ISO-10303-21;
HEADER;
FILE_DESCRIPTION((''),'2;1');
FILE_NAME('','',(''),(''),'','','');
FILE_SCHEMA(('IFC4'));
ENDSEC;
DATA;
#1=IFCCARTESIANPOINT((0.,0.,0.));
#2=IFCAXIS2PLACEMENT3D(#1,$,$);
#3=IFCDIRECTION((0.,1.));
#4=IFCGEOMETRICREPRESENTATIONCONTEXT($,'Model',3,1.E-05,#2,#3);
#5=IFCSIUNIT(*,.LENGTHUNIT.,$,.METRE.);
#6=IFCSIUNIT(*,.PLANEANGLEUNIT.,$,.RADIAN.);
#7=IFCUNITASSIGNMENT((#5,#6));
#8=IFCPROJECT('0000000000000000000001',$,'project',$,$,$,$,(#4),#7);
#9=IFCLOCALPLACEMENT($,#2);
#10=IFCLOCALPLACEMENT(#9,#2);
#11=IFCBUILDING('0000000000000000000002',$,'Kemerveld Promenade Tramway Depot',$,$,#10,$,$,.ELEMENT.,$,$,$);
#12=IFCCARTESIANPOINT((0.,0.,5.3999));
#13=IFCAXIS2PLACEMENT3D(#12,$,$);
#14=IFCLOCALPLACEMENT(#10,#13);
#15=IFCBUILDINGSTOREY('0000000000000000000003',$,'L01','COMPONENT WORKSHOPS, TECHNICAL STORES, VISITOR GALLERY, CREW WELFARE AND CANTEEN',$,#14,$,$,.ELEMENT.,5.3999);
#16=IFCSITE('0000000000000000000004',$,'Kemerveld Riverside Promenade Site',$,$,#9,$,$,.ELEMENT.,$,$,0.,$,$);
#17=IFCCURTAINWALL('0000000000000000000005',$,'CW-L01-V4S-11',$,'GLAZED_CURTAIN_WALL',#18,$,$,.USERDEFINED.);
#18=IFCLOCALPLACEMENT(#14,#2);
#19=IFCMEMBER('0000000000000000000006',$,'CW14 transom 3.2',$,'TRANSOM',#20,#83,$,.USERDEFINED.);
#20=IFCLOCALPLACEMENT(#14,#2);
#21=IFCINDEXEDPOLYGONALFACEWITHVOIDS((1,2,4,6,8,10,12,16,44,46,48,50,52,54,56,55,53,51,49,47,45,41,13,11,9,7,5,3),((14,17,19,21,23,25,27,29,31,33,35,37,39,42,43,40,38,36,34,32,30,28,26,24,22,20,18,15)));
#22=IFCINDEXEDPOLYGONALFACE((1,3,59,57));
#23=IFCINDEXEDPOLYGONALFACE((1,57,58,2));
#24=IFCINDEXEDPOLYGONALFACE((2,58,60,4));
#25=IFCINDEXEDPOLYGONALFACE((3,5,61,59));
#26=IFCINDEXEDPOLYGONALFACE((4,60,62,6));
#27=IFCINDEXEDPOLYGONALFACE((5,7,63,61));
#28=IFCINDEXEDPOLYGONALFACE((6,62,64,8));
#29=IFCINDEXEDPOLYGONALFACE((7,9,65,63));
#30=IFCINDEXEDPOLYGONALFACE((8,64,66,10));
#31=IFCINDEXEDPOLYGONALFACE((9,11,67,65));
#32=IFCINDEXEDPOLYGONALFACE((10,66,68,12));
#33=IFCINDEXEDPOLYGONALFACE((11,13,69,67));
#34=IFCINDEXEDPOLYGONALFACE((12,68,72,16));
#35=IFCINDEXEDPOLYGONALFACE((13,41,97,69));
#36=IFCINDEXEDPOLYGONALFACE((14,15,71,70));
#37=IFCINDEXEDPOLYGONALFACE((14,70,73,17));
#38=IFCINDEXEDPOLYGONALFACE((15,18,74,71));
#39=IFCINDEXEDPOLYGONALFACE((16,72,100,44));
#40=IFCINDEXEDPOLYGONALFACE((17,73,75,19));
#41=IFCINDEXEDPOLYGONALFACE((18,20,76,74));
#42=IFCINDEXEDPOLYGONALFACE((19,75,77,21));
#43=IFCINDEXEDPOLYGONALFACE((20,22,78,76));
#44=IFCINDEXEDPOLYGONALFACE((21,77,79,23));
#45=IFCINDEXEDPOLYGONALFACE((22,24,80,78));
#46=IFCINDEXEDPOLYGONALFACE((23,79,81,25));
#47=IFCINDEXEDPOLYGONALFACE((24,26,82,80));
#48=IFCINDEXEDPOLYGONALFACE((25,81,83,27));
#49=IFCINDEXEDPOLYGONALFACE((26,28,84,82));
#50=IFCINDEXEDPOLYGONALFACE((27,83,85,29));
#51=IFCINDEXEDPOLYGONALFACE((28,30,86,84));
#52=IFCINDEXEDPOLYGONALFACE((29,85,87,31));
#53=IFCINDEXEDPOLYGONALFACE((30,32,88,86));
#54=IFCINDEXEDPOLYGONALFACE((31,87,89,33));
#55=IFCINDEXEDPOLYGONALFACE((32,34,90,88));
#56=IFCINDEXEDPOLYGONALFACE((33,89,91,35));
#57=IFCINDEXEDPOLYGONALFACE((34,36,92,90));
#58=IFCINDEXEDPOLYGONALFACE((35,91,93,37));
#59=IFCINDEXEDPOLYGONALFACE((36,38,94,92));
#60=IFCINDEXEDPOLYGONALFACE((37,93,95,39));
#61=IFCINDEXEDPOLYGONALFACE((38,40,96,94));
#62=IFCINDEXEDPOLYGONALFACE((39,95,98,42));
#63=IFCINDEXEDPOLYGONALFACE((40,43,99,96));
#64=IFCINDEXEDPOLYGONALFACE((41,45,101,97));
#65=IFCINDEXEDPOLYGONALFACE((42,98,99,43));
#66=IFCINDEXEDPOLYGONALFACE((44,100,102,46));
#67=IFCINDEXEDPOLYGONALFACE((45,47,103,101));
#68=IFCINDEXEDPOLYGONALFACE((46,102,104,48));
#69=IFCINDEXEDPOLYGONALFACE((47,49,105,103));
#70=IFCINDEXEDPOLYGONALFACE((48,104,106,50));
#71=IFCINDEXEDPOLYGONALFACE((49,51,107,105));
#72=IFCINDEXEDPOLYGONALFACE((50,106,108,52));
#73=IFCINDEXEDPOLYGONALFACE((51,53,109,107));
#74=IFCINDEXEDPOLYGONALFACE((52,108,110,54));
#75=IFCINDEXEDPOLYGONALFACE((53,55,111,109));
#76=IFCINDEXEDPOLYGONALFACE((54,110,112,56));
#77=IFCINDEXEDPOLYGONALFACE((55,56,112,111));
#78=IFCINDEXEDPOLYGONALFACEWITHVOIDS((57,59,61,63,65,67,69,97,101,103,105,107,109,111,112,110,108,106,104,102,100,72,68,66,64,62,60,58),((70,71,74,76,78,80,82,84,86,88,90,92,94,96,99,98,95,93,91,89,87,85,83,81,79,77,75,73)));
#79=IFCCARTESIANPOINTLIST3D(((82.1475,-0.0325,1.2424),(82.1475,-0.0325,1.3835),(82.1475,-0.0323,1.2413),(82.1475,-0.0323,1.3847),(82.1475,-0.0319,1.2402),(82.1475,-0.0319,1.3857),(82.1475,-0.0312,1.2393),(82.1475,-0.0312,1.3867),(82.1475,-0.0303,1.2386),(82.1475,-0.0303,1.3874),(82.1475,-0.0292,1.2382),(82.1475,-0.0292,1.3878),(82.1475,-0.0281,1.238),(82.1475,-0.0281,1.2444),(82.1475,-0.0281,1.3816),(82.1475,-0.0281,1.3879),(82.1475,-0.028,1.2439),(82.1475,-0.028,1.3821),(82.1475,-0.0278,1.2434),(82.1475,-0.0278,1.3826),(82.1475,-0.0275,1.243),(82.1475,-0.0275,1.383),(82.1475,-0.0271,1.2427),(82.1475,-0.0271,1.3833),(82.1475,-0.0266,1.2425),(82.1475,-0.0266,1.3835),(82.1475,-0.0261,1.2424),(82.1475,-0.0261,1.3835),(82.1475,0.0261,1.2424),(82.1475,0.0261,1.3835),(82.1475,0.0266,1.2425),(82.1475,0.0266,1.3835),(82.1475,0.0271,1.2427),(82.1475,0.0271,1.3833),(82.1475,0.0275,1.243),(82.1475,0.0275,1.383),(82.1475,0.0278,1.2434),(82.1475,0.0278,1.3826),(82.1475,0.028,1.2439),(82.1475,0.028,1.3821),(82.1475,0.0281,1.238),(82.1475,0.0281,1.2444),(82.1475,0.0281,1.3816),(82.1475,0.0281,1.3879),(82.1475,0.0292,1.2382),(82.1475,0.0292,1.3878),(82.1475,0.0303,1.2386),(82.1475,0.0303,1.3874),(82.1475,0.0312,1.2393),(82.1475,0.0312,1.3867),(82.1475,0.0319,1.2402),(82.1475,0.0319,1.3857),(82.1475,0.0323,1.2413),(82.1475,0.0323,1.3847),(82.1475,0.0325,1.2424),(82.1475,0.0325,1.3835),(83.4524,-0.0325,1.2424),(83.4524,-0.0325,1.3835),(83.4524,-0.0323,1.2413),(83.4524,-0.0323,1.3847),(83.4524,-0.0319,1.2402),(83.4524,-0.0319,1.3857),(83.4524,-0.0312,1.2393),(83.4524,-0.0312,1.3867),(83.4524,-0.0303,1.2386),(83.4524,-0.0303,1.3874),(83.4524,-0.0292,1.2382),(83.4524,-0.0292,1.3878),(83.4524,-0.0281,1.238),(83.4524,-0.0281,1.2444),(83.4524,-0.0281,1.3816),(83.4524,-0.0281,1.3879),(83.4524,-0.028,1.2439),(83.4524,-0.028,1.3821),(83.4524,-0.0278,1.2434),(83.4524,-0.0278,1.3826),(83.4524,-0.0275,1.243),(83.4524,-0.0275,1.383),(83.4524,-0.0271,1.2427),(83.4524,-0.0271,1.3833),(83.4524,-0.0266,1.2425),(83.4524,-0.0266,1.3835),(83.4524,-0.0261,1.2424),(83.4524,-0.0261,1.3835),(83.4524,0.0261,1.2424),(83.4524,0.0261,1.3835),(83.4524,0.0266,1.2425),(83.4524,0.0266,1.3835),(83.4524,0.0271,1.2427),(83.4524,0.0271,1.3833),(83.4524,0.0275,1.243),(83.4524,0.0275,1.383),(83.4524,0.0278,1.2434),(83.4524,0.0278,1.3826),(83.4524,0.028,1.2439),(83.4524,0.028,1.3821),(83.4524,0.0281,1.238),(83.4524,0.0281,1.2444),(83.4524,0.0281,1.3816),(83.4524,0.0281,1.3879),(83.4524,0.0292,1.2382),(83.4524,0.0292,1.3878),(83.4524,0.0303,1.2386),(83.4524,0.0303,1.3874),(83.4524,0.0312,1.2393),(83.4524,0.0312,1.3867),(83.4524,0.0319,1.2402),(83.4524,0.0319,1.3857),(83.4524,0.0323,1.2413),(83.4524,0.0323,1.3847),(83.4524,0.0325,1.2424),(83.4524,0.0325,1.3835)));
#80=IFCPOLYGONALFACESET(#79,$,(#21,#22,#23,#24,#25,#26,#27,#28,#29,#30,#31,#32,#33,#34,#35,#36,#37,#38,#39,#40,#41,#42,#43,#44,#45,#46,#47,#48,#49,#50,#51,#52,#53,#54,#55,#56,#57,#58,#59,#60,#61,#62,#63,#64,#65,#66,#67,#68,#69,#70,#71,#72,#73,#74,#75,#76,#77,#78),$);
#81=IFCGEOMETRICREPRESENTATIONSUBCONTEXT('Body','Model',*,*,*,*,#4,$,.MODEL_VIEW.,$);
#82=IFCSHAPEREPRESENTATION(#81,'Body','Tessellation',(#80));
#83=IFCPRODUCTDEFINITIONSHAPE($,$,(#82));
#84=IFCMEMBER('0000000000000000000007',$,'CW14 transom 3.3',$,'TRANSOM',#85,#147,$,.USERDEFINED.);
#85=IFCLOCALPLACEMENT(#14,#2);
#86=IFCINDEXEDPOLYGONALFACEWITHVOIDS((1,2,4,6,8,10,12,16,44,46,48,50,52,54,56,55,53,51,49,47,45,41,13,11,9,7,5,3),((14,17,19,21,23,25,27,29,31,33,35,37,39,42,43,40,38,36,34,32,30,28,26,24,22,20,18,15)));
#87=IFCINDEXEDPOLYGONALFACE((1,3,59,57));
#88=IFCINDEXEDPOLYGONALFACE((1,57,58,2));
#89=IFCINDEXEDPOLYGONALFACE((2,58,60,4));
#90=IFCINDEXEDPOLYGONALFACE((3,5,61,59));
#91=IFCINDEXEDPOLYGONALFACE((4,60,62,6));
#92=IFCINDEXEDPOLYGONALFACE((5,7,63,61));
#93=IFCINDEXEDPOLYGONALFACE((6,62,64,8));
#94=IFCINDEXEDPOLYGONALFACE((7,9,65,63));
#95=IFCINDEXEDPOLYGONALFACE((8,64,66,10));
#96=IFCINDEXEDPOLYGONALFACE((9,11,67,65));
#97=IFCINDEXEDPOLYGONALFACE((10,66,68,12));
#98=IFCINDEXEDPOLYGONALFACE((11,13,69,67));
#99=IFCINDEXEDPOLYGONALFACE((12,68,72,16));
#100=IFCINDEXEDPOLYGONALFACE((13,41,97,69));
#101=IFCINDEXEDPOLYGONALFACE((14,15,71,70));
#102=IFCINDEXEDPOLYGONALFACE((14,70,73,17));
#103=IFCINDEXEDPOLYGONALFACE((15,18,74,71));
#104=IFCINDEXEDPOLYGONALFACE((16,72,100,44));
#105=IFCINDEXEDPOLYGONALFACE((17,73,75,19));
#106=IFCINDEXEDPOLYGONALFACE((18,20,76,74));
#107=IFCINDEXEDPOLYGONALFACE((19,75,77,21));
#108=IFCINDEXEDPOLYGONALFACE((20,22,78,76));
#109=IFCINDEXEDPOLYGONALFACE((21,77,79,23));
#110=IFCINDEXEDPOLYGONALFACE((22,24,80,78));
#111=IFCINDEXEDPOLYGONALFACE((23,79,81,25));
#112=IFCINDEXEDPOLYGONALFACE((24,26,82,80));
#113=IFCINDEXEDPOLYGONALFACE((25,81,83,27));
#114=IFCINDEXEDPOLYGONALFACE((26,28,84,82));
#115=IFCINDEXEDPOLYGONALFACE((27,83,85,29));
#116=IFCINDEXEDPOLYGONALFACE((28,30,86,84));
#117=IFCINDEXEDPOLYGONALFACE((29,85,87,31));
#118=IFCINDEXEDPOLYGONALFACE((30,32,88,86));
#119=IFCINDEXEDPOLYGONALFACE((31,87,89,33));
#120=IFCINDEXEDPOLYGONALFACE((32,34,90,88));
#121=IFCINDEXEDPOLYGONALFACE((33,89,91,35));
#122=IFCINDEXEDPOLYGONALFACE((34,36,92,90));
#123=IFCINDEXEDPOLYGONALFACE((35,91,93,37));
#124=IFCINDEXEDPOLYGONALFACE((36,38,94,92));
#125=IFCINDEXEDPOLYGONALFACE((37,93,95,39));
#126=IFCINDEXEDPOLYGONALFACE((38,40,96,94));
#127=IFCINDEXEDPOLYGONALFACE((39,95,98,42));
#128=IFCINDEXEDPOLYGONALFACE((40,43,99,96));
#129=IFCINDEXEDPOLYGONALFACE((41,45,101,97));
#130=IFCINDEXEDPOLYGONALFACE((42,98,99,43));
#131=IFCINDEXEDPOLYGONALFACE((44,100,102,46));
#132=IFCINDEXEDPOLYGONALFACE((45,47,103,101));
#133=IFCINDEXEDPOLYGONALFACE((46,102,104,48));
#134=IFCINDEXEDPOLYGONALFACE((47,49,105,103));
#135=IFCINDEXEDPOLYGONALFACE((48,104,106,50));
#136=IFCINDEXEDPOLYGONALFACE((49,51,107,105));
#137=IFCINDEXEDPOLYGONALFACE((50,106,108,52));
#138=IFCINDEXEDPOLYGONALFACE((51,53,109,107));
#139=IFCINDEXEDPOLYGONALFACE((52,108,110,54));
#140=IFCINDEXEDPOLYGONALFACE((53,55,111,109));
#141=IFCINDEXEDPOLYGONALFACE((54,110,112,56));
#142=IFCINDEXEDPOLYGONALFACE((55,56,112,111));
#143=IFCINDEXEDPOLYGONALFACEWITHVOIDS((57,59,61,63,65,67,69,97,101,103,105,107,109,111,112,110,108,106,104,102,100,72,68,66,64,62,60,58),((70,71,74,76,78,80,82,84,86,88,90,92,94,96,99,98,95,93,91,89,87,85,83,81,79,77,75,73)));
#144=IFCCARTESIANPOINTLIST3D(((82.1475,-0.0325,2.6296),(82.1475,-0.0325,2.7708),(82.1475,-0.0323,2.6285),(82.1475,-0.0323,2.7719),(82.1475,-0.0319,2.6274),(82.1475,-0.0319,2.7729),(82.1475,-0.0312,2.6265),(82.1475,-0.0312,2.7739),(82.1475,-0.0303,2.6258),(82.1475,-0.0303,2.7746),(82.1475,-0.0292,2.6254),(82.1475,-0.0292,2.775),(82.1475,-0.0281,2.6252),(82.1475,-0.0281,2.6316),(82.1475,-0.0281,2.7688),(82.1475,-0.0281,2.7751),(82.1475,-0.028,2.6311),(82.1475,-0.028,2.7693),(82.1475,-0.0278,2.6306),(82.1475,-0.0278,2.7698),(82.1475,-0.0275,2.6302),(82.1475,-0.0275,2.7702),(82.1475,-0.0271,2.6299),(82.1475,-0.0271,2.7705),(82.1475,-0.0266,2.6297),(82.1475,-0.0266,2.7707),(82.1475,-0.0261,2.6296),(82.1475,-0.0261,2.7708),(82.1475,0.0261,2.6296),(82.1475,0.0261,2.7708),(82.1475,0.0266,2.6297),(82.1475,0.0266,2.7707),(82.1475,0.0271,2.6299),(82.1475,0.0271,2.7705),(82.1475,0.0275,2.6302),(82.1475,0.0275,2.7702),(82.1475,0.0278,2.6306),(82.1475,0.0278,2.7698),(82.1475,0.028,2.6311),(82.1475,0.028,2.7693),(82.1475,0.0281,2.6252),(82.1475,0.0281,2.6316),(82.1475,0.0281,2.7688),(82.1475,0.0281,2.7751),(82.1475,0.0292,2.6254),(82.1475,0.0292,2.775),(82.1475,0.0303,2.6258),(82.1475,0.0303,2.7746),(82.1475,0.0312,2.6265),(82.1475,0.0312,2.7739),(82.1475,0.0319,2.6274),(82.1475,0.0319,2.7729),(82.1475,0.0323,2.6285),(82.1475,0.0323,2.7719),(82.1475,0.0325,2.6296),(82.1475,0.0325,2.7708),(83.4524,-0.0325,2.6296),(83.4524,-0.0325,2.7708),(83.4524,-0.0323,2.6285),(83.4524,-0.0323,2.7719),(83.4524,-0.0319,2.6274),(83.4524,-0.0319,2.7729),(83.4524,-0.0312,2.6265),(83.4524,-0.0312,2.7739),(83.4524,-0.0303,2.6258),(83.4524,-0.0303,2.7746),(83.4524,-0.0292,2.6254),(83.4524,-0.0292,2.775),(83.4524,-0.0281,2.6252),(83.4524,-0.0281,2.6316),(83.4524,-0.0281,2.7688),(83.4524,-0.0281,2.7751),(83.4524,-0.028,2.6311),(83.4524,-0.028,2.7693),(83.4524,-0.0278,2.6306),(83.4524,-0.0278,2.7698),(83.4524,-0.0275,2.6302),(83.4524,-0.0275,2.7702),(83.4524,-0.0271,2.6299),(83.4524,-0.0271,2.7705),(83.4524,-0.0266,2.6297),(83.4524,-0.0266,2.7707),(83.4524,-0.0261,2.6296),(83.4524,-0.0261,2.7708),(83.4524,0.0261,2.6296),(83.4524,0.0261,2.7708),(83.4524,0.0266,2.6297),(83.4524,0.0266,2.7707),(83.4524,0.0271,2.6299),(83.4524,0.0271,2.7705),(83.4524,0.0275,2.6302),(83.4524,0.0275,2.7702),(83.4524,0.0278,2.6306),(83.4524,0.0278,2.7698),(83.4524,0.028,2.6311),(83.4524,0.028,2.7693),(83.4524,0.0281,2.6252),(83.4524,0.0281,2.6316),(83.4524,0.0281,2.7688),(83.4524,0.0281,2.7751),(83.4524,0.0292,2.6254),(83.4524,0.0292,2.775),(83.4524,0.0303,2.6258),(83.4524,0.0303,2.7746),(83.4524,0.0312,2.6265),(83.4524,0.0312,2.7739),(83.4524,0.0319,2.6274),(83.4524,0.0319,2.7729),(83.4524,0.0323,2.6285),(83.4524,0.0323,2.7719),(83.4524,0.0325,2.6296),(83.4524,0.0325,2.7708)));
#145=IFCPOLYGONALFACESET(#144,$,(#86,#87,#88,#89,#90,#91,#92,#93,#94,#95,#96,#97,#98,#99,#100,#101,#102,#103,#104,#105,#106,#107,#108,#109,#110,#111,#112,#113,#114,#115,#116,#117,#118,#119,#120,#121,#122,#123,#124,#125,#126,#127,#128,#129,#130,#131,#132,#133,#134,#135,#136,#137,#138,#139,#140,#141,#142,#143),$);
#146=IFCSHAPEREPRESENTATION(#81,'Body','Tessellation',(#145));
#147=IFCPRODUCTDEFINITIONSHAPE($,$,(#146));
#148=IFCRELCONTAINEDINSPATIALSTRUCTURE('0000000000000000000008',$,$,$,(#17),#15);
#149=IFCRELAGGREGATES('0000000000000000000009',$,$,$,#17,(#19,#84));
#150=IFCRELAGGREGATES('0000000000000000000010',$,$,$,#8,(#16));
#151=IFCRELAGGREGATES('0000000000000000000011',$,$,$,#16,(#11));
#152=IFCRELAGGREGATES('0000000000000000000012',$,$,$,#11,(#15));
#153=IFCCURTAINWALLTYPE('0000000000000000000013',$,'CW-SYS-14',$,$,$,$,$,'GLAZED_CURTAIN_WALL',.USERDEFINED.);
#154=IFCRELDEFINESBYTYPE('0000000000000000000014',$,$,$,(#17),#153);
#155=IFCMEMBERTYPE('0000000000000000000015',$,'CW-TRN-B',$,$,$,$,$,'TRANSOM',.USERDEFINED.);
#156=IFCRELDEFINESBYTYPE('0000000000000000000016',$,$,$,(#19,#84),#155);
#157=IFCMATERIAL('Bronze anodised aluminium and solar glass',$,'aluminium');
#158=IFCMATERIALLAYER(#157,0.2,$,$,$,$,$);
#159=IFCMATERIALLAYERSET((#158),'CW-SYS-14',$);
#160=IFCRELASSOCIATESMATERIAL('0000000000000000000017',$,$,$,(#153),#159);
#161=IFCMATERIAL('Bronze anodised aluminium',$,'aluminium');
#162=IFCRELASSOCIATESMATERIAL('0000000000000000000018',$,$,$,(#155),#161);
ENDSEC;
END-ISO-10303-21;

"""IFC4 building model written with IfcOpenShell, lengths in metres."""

from ifc_helpers import new_model, si_unit, direction, frame, origin, origin_2d, place, context, subcontext, project, spatial, hollow_rectangle, extrude, material, layer, layer_set, material_profile, profile_set, type_object, element, aggregate, save


model = new_model("IFC4")

# Units and contexts
model_context = context("Model", 3, precision=1e-05, world=origin(), true_north=direction((0.0, 1.0)))
body_context = subcontext(model_context, "Body", "Model", "MODEL_VIEW")
ifc_project = project(units=[si_unit("LENGTHUNIT", "METRE"), si_unit("PLANEANGLEUNIT", "RADIAN")], contexts=[model_context])

# Site, building, storey
site_placement = place(None, origin())
site = spatial("IfcSite", under=ifc_project, at=site_placement, Name="Kemerveld Riverside Promenade Site", CompositionType="ELEMENT", RefElevation=0.0)
building_placement = place(site_placement, origin())
building = spatial("IfcBuilding", under=site, at=building_placement, Name="Kemerveld Promenade Tramway Depot", CompositionType="ELEMENT")
storey_placement = place(building_placement, frame((0.0, 0.0, 5.3999)))
storey = spatial("IfcBuildingStorey", under=building, at=storey_placement, Name="L01", Description="COMPONENT WORKSHOPS, TECHNICAL STORES, VISITOR GALLERY, CREW WELFARE AND CANTEEN", CompositionType="ELEMENT", Elevation=5.3999)

# Curtain wall, members
ifc_material_1 = material(Name="Bronze anodised aluminium and solar glass", Category="aluminium")
ifc_layer_1 = layer(ifc_material_1, 0.2)
ifc_layer_set_1 = layer_set([ifc_layer_1], Name="CW-SYS-14")
curtain_wall_type = type_object("IfcCurtainWallType", Name="CW-SYS-14", ElementType="GLAZED_CURTAIN_WALL", PredefinedType="USERDEFINED", material=ifc_layer_set_1)
curtain_wall_placement = place(storey_placement, origin())
curtain_wall = element("IfcCurtainWall", 1, at=curtain_wall_placement, inside=storey, type_object=curtain_wall_type, Name="CW-L01-V4S-11", ObjectType="GLAZED_CURTAIN_WALL", PredefinedType="USERDEFINED")
ifc_material_2 = material(Name="Bronze anodised aluminium", Category="aluminium")
ifc_material_profile_1 = material_profile(ifc_material_2, hollow_rectangle(XDim=0.0649, YDim=0.1499, WallThickness=0.0044, InnerFilletRadius=0.002, OuterFilletRadius=0.0044, at=origin_2d()), Name="CW-TRN-150x65")
ifc_profile_set_1 = profile_set([ifc_material_profile_1], Name="Bronze anodised aluminium")
member_type_1 = type_object("IfcMemberType", Name="CW-TRN-B", ElementType="TRANSOM", PredefinedType="USERDEFINED", material=ifc_profile_set_1)
member_1_placement = place(storey_placement, frame((83.4524, 0.0, 1.313), z_axis=(-1.0, 0.0, 0.0), x_axis=(0.0, -1.0, 0.0)))
member_1 = element("IfcMember", 2, at=member_1_placement, type_object=member_type_1, Name="CW14 transom 3.2", ObjectType="TRANSOM", PredefinedType="USERDEFINED", context=body_context, shape_type="SweptSolid", body=[
    extrude(hollow_rectangle(XDim=0.0649, YDim=0.1499, WallThickness=0.0044, InnerFilletRadius=0.002, OuterFilletRadius=0.0044, at=origin_2d()), origin(), (0.0, 0.0, 1.0), 1.3049),
])
member_2_placement = place(storey_placement, frame((83.4524, 0.0, 2.7002), z_axis=(-1.0, 0.0, 0.0), x_axis=(0.0, -1.0, 0.0)))
member_2 = element("IfcMember", 3, at=member_2_placement, type_object=member_type_1, Name="CW14 transom 3.3", ObjectType="TRANSOM", PredefinedType="USERDEFINED", context=body_context, shape_type="SweptSolid", body=[
    extrude(hollow_rectangle(XDim=0.0649, YDim=0.1499, WallThickness=0.0044, InnerFilletRadius=0.002, OuterFilletRadius=0.0044, at=origin_2d()), origin(), (0.0, 0.0, 1.0), 1.3049),
])
aggregate(curtain_wall, [member_1, member_2])

save(model, "model.ifc")
